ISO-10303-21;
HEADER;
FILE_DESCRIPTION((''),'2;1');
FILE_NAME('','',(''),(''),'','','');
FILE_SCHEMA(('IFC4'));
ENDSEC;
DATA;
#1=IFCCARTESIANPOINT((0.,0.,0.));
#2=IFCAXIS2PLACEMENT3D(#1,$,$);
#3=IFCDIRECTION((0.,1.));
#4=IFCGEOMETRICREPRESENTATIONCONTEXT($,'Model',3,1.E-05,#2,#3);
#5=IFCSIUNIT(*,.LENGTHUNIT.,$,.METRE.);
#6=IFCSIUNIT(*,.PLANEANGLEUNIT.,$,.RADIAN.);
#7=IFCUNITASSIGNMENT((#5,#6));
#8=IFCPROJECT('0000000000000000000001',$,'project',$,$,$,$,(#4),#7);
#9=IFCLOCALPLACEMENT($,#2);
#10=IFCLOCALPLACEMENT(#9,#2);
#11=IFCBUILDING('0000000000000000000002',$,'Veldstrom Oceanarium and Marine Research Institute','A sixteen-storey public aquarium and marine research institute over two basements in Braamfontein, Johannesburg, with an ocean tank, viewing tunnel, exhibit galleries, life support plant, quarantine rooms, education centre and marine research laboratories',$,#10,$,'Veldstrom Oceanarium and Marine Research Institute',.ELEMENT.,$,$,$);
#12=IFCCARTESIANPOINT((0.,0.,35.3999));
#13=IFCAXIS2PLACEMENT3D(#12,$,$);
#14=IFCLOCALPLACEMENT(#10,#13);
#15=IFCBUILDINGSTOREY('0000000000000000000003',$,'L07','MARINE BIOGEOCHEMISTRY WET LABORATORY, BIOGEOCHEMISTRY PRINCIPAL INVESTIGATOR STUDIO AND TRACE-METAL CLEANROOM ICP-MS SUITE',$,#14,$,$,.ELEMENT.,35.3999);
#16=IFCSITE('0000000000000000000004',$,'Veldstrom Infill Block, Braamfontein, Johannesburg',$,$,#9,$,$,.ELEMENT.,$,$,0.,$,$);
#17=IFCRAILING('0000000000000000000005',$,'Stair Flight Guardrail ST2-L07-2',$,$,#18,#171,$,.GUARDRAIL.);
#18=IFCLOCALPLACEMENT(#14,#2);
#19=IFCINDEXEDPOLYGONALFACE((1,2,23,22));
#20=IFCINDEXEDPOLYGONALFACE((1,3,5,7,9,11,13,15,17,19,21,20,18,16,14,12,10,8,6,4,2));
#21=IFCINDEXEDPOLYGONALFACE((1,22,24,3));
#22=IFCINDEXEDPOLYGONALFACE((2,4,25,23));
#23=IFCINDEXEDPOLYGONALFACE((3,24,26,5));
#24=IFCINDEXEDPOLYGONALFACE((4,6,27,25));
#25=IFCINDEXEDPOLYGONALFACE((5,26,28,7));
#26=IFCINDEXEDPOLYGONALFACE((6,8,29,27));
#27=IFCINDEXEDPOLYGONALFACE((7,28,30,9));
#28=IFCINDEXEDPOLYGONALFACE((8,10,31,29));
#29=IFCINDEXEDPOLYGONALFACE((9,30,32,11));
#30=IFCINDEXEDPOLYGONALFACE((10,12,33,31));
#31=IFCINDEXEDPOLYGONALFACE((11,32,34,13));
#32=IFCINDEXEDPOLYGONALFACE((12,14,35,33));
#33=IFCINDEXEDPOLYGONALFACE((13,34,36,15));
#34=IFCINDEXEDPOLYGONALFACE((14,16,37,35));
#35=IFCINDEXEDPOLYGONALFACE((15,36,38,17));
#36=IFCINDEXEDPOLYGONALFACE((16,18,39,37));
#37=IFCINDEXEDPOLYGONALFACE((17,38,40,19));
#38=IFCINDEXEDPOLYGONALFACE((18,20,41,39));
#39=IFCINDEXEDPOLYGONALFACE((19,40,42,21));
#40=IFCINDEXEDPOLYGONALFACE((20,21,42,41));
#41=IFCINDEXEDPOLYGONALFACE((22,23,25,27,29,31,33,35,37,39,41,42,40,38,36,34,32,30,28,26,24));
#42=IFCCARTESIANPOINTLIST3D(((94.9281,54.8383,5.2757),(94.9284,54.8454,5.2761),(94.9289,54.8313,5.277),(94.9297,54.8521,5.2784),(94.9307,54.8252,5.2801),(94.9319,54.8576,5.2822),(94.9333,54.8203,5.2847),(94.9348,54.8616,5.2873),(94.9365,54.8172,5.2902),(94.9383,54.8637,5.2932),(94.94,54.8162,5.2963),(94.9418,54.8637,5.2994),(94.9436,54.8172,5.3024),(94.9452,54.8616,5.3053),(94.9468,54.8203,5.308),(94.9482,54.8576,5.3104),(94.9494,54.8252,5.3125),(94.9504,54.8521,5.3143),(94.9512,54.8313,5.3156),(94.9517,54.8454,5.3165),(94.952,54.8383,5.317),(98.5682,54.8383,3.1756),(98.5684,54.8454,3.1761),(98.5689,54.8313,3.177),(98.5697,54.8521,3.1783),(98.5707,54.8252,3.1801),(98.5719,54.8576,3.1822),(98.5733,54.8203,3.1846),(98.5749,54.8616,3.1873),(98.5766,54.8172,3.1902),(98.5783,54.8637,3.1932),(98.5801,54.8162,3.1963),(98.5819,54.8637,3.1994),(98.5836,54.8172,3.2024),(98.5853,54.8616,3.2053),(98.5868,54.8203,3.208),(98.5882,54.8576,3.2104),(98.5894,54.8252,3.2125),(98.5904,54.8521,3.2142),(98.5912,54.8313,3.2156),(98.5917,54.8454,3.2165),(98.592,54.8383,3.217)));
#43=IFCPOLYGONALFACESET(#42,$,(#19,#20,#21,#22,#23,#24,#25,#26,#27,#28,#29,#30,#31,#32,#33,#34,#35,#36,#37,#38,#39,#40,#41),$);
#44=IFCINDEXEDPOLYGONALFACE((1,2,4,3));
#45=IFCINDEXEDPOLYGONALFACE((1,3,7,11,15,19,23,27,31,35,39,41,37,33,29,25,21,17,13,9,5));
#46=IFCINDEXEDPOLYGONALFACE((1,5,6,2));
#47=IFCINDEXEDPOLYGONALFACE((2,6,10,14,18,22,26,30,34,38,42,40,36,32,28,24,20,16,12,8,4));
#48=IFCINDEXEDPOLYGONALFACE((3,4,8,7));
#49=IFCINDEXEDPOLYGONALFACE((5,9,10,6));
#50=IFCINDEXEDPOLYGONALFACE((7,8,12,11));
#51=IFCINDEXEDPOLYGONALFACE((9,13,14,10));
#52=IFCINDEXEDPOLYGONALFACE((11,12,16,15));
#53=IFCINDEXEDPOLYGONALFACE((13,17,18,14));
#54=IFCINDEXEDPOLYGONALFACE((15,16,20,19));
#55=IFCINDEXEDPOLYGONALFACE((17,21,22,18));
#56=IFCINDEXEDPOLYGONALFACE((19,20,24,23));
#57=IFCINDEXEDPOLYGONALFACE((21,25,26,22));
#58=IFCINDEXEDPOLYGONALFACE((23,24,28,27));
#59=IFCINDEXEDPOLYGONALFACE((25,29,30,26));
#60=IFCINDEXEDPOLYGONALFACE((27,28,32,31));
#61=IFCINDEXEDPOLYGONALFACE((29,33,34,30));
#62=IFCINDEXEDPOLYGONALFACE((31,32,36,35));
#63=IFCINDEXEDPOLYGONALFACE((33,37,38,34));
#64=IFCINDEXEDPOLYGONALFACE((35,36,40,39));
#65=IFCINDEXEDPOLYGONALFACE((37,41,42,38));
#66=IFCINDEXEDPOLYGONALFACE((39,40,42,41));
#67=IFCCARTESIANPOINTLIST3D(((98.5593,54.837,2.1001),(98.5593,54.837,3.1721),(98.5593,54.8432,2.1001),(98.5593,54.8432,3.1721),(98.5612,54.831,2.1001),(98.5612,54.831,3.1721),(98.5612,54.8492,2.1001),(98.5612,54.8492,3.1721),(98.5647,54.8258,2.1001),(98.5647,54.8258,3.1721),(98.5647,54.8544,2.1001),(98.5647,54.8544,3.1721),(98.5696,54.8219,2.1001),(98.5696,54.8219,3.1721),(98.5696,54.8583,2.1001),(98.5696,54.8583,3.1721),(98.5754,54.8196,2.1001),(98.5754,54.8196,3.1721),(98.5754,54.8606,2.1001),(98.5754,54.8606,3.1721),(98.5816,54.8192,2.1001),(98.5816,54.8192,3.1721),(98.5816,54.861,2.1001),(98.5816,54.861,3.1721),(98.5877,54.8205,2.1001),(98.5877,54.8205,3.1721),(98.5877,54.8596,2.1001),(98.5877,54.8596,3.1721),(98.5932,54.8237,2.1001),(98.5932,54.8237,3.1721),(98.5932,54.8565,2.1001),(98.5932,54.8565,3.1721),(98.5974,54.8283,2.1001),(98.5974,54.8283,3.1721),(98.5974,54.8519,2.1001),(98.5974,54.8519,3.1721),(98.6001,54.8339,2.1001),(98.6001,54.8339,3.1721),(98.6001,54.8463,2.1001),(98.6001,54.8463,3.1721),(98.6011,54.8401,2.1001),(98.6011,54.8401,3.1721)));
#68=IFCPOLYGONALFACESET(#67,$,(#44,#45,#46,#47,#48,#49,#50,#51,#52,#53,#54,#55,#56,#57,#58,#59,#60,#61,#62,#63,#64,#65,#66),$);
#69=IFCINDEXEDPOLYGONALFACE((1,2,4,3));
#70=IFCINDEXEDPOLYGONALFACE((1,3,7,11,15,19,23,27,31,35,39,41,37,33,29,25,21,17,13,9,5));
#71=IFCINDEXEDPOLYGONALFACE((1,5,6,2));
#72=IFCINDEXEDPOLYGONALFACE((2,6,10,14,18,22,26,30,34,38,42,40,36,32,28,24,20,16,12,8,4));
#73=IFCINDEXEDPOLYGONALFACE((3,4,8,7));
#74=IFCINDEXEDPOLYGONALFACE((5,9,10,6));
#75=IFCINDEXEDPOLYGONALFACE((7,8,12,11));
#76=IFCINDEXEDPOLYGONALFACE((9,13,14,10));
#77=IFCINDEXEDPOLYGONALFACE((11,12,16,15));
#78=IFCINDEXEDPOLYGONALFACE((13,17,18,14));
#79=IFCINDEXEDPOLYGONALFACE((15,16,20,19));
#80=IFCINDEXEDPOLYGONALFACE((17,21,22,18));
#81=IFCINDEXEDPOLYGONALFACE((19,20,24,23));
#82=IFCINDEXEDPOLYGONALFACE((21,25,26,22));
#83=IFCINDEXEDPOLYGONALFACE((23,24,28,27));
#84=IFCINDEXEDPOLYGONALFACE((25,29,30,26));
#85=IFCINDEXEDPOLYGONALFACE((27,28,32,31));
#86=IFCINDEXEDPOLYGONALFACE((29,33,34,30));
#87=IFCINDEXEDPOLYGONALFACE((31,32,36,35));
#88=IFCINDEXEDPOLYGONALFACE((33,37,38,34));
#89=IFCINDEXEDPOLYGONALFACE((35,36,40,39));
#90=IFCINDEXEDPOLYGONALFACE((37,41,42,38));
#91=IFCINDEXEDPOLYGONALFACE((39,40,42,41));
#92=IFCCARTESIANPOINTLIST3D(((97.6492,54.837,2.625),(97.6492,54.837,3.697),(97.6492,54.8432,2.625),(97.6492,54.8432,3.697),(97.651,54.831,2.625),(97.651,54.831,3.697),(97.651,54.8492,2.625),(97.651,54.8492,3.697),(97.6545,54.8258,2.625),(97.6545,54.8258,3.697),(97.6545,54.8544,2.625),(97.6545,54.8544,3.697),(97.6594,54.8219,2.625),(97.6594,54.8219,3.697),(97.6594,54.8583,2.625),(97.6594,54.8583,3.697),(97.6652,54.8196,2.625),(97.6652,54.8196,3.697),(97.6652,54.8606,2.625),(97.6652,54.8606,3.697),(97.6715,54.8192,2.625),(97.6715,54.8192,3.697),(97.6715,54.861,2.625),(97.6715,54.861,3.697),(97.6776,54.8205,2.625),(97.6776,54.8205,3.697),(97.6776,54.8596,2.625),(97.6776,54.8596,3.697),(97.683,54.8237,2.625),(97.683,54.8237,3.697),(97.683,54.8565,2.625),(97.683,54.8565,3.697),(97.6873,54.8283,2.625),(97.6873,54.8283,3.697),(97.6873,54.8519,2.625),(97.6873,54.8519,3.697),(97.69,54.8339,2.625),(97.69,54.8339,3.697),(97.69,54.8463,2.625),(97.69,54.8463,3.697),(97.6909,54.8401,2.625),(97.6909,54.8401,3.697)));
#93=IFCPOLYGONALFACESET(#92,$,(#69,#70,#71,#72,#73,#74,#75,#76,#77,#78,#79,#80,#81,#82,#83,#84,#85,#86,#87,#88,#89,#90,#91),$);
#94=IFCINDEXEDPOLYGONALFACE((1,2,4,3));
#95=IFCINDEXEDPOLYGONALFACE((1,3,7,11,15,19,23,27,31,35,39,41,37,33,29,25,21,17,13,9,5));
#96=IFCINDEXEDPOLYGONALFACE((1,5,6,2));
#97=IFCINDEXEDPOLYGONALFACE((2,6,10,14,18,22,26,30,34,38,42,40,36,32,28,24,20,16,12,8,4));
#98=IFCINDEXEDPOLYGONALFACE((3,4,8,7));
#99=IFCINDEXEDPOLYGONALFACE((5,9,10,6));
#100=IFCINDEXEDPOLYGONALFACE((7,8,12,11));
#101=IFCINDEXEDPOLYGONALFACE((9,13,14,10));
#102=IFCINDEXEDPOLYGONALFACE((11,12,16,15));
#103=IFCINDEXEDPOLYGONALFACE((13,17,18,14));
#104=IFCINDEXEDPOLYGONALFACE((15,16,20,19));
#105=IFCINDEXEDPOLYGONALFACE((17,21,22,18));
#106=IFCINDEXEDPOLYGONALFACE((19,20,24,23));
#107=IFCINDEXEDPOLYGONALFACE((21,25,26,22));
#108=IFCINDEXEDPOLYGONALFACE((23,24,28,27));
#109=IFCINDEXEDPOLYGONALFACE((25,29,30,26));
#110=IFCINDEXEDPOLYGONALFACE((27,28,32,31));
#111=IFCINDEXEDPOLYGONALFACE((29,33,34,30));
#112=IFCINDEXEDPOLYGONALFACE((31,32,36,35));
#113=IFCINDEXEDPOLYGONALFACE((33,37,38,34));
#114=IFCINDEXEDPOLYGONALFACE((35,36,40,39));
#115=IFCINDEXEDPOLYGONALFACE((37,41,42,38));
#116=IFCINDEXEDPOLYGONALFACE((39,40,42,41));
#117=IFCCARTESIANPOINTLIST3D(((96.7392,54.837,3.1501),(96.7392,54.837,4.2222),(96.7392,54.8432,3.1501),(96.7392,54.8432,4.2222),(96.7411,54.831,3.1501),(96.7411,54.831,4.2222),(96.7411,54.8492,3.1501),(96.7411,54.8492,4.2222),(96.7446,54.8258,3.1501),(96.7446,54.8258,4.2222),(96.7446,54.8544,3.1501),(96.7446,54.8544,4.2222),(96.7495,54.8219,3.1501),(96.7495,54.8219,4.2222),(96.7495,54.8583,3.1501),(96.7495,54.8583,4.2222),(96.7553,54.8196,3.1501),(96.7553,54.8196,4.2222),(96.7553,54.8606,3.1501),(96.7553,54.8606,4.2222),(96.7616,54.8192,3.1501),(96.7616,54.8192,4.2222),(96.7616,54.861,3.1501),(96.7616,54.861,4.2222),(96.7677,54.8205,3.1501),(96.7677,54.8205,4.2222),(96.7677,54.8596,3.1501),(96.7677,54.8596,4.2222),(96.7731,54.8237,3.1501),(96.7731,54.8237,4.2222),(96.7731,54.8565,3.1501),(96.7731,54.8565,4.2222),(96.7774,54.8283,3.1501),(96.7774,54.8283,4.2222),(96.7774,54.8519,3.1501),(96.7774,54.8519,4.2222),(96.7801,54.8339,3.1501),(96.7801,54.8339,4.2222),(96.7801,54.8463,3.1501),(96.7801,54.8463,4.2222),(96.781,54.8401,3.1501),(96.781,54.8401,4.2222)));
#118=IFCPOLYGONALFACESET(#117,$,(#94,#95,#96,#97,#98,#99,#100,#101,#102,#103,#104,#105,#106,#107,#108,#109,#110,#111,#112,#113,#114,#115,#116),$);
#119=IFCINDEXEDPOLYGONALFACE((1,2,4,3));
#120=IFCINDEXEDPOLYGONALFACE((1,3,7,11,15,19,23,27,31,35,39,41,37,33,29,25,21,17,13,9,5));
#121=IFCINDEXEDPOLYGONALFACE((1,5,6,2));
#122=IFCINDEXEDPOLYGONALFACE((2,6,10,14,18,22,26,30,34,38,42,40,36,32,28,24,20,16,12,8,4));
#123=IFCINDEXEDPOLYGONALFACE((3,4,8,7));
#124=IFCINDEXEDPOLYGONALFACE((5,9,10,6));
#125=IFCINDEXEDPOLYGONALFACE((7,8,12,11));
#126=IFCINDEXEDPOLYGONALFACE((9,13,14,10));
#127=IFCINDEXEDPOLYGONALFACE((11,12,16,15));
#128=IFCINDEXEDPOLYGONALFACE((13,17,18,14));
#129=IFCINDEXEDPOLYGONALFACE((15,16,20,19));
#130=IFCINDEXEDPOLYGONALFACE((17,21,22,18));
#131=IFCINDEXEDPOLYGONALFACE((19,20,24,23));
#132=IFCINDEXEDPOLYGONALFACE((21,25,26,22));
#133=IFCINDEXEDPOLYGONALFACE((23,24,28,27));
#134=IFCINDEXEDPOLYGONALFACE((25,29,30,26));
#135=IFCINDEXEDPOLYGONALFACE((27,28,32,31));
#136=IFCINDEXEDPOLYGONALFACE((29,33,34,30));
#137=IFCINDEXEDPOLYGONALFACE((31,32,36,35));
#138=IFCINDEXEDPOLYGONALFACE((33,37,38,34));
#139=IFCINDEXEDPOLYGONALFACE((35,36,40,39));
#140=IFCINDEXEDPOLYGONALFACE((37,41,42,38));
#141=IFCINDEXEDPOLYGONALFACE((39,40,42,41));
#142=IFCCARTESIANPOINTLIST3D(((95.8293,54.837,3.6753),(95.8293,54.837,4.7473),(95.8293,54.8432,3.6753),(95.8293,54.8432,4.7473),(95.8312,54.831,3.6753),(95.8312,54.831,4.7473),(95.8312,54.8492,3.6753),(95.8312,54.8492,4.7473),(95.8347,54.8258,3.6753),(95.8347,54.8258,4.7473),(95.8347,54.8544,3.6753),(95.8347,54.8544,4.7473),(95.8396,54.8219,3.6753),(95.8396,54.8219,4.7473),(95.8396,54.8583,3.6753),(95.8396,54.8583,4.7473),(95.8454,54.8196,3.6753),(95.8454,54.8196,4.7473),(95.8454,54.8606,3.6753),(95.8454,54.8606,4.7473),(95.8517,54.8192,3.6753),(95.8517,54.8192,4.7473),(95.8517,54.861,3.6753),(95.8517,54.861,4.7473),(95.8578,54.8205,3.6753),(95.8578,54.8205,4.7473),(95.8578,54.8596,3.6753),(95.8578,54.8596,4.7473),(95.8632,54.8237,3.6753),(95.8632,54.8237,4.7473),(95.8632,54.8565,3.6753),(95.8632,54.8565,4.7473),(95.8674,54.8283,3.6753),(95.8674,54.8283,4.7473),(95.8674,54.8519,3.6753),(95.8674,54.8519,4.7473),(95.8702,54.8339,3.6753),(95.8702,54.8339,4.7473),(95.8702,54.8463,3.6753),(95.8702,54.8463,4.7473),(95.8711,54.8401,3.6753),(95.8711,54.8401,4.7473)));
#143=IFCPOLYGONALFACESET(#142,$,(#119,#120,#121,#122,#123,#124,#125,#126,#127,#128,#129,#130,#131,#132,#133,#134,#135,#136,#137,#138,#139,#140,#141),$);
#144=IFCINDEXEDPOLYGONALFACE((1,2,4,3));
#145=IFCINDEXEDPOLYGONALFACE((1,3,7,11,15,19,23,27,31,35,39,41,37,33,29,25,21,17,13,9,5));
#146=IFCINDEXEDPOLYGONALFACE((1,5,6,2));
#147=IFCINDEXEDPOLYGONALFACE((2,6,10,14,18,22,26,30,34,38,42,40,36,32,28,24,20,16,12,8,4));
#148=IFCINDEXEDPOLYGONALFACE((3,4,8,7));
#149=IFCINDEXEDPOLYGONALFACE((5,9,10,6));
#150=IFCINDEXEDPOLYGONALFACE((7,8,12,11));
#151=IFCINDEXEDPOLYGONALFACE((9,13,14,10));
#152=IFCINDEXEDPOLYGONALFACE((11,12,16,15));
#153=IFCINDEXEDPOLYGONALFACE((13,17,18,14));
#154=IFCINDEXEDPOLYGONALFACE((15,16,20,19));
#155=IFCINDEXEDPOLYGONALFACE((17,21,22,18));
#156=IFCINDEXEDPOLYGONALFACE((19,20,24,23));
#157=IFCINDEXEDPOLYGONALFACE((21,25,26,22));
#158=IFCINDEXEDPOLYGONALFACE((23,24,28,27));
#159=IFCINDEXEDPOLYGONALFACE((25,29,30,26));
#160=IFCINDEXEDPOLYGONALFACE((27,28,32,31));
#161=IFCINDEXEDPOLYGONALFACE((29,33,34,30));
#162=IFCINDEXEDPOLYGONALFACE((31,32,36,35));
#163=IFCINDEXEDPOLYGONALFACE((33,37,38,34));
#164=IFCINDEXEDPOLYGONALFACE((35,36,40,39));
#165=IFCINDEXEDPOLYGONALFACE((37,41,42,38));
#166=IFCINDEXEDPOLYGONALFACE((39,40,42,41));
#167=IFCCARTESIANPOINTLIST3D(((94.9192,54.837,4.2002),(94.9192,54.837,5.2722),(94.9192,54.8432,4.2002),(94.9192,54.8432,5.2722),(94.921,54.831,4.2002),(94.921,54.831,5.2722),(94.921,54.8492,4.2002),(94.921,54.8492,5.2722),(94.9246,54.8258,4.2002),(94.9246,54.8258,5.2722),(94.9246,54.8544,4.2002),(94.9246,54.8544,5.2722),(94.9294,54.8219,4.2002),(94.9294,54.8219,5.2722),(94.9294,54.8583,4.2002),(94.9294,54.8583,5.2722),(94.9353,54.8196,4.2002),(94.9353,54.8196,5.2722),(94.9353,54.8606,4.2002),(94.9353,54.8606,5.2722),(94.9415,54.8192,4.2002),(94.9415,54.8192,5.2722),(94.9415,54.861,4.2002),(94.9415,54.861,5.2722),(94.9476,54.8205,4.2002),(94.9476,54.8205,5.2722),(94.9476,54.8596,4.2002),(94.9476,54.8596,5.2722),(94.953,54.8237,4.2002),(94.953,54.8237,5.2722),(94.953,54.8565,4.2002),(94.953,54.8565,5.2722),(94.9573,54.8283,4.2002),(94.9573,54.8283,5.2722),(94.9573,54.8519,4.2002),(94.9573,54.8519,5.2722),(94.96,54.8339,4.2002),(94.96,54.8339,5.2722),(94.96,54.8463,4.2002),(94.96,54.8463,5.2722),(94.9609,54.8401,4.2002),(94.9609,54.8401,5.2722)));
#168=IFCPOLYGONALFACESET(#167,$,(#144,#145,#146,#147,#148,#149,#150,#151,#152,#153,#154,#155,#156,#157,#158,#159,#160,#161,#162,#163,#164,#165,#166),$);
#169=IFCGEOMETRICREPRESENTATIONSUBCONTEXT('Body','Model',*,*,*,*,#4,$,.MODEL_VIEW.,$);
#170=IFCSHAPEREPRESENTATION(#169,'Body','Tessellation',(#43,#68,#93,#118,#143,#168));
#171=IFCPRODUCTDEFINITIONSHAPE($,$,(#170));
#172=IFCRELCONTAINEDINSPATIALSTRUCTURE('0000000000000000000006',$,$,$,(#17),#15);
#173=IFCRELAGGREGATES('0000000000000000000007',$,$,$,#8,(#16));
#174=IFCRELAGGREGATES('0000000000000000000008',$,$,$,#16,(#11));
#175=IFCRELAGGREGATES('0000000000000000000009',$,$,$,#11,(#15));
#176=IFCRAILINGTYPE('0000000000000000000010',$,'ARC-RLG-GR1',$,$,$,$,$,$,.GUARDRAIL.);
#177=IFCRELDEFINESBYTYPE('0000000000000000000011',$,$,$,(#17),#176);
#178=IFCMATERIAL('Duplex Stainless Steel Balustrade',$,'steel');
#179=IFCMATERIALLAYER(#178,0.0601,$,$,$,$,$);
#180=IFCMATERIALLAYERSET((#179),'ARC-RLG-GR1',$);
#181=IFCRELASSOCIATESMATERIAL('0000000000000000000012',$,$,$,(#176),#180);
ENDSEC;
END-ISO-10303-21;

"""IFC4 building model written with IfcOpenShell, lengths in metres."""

from ifc_helpers import new_model, si_unit, direction, frame, origin, origin_2d, place, context, subcontext, project, spatial, circle, extrude, material, layer, layer_set, type_object, element, save


model = new_model("IFC4")

# Units and contexts
model_context = context("Model", 3, precision=1e-05, world=origin(), true_north=direction((0.0, 1.0)))
body_context = subcontext(model_context, "Body", "Model", "MODEL_VIEW")
ifc_project = project(units=[si_unit("LENGTHUNIT", "METRE"), si_unit("PLANEANGLEUNIT", "RADIAN")], contexts=[model_context])

# Site, building, storey
site_placement = place(None, origin())
site = spatial("IfcSite", under=ifc_project, at=site_placement, Name="Veldstrom Infill Block, Braamfontein, Johannesburg", CompositionType="ELEMENT", RefElevation=0.0)
building_placement = place(site_placement, origin())
building = spatial("IfcBuilding", under=site, at=building_placement, Name="Veldstrom Oceanarium and Marine Research Institute", Description="A sixteen-storey public aquarium and marine research institute over two basements in Braamfontein, Johannesburg, with an ocean tank, viewing tunnel, exhibit galleries, life support plant, quarantine rooms, education centre and marine research laboratories", LongName="Veldstrom Oceanarium and Marine Research Institute", CompositionType="ELEMENT")
storey_placement = place(building_placement, frame((0.0, 0.0, 35.3999)))
storey = spatial("IfcBuildingStorey", under=building, at=storey_placement, Name="L07", Description="MARINE BIOGEOCHEMISTRY WET LABORATORY, BIOGEOCHEMISTRY PRINCIPAL INVESTIGATOR STUDIO AND TRACE-METAL CLEANROOM ICP-MS SUITE", CompositionType="ELEMENT", Elevation=35.3999)

# Railing
ifc_material_1 = material(Name="Duplex Stainless Steel Balustrade", Category="steel")
ifc_layer_1 = layer(ifc_material_1, 0.0601)
ifc_layer_set_1 = layer_set([ifc_layer_1], Name="ARC-RLG-GR1")
railing_type_1 = type_object("IfcRailingType", Name="ARC-RLG-GR1", PredefinedType="GUARDRAIL", material=ifc_layer_set_1)
railing_1_placement = place(storey_placement, frame((98.5801, 54.8401, 2.1001)))
element("IfcRailing", 1, at=railing_1_placement, inside=storey, type_object=railing_type_1, Name="Stair Flight Guardrail ST2-L07-2", PredefinedType="GUARDRAIL", context=body_context, shape_type="SweptSolid", body=[
    extrude(circle(Radius=0.0239, at=origin_2d()), frame((0.0, 0.0, 1.0962), z_axis=(-0.866184, 0.0, 0.499726), x_axis=(0.0, -1.0, 0.0)), (0.0, 0.0, 1.0), 4.2024),
    extrude(circle(Radius=0.021, at=origin_2d()), origin(), (0.0, 0.0, 1.0), 1.072),
    extrude(circle(Radius=0.021, at=origin_2d()), frame((-0.9102, 0.0, 0.5249)), (0.0, 0.0, 1.0), 1.072),
    extrude(circle(Radius=0.021, at=origin_2d()), frame((-1.8201, 0.0, 1.05)), (0.0, 0.0, 1.0), 1.072),
    extrude(circle(Radius=0.021, at=origin_2d()), frame((-2.73, 0.0, 1.5752)), (0.0, 0.0, 1.0), 1.072),
    extrude(circle(Radius=0.021, at=origin_2d()), frame((-3.6401, 0.0, 2.1001)), (0.0, 0.0, 1.0), 1.072),
])

save(model, "model.ifc")
